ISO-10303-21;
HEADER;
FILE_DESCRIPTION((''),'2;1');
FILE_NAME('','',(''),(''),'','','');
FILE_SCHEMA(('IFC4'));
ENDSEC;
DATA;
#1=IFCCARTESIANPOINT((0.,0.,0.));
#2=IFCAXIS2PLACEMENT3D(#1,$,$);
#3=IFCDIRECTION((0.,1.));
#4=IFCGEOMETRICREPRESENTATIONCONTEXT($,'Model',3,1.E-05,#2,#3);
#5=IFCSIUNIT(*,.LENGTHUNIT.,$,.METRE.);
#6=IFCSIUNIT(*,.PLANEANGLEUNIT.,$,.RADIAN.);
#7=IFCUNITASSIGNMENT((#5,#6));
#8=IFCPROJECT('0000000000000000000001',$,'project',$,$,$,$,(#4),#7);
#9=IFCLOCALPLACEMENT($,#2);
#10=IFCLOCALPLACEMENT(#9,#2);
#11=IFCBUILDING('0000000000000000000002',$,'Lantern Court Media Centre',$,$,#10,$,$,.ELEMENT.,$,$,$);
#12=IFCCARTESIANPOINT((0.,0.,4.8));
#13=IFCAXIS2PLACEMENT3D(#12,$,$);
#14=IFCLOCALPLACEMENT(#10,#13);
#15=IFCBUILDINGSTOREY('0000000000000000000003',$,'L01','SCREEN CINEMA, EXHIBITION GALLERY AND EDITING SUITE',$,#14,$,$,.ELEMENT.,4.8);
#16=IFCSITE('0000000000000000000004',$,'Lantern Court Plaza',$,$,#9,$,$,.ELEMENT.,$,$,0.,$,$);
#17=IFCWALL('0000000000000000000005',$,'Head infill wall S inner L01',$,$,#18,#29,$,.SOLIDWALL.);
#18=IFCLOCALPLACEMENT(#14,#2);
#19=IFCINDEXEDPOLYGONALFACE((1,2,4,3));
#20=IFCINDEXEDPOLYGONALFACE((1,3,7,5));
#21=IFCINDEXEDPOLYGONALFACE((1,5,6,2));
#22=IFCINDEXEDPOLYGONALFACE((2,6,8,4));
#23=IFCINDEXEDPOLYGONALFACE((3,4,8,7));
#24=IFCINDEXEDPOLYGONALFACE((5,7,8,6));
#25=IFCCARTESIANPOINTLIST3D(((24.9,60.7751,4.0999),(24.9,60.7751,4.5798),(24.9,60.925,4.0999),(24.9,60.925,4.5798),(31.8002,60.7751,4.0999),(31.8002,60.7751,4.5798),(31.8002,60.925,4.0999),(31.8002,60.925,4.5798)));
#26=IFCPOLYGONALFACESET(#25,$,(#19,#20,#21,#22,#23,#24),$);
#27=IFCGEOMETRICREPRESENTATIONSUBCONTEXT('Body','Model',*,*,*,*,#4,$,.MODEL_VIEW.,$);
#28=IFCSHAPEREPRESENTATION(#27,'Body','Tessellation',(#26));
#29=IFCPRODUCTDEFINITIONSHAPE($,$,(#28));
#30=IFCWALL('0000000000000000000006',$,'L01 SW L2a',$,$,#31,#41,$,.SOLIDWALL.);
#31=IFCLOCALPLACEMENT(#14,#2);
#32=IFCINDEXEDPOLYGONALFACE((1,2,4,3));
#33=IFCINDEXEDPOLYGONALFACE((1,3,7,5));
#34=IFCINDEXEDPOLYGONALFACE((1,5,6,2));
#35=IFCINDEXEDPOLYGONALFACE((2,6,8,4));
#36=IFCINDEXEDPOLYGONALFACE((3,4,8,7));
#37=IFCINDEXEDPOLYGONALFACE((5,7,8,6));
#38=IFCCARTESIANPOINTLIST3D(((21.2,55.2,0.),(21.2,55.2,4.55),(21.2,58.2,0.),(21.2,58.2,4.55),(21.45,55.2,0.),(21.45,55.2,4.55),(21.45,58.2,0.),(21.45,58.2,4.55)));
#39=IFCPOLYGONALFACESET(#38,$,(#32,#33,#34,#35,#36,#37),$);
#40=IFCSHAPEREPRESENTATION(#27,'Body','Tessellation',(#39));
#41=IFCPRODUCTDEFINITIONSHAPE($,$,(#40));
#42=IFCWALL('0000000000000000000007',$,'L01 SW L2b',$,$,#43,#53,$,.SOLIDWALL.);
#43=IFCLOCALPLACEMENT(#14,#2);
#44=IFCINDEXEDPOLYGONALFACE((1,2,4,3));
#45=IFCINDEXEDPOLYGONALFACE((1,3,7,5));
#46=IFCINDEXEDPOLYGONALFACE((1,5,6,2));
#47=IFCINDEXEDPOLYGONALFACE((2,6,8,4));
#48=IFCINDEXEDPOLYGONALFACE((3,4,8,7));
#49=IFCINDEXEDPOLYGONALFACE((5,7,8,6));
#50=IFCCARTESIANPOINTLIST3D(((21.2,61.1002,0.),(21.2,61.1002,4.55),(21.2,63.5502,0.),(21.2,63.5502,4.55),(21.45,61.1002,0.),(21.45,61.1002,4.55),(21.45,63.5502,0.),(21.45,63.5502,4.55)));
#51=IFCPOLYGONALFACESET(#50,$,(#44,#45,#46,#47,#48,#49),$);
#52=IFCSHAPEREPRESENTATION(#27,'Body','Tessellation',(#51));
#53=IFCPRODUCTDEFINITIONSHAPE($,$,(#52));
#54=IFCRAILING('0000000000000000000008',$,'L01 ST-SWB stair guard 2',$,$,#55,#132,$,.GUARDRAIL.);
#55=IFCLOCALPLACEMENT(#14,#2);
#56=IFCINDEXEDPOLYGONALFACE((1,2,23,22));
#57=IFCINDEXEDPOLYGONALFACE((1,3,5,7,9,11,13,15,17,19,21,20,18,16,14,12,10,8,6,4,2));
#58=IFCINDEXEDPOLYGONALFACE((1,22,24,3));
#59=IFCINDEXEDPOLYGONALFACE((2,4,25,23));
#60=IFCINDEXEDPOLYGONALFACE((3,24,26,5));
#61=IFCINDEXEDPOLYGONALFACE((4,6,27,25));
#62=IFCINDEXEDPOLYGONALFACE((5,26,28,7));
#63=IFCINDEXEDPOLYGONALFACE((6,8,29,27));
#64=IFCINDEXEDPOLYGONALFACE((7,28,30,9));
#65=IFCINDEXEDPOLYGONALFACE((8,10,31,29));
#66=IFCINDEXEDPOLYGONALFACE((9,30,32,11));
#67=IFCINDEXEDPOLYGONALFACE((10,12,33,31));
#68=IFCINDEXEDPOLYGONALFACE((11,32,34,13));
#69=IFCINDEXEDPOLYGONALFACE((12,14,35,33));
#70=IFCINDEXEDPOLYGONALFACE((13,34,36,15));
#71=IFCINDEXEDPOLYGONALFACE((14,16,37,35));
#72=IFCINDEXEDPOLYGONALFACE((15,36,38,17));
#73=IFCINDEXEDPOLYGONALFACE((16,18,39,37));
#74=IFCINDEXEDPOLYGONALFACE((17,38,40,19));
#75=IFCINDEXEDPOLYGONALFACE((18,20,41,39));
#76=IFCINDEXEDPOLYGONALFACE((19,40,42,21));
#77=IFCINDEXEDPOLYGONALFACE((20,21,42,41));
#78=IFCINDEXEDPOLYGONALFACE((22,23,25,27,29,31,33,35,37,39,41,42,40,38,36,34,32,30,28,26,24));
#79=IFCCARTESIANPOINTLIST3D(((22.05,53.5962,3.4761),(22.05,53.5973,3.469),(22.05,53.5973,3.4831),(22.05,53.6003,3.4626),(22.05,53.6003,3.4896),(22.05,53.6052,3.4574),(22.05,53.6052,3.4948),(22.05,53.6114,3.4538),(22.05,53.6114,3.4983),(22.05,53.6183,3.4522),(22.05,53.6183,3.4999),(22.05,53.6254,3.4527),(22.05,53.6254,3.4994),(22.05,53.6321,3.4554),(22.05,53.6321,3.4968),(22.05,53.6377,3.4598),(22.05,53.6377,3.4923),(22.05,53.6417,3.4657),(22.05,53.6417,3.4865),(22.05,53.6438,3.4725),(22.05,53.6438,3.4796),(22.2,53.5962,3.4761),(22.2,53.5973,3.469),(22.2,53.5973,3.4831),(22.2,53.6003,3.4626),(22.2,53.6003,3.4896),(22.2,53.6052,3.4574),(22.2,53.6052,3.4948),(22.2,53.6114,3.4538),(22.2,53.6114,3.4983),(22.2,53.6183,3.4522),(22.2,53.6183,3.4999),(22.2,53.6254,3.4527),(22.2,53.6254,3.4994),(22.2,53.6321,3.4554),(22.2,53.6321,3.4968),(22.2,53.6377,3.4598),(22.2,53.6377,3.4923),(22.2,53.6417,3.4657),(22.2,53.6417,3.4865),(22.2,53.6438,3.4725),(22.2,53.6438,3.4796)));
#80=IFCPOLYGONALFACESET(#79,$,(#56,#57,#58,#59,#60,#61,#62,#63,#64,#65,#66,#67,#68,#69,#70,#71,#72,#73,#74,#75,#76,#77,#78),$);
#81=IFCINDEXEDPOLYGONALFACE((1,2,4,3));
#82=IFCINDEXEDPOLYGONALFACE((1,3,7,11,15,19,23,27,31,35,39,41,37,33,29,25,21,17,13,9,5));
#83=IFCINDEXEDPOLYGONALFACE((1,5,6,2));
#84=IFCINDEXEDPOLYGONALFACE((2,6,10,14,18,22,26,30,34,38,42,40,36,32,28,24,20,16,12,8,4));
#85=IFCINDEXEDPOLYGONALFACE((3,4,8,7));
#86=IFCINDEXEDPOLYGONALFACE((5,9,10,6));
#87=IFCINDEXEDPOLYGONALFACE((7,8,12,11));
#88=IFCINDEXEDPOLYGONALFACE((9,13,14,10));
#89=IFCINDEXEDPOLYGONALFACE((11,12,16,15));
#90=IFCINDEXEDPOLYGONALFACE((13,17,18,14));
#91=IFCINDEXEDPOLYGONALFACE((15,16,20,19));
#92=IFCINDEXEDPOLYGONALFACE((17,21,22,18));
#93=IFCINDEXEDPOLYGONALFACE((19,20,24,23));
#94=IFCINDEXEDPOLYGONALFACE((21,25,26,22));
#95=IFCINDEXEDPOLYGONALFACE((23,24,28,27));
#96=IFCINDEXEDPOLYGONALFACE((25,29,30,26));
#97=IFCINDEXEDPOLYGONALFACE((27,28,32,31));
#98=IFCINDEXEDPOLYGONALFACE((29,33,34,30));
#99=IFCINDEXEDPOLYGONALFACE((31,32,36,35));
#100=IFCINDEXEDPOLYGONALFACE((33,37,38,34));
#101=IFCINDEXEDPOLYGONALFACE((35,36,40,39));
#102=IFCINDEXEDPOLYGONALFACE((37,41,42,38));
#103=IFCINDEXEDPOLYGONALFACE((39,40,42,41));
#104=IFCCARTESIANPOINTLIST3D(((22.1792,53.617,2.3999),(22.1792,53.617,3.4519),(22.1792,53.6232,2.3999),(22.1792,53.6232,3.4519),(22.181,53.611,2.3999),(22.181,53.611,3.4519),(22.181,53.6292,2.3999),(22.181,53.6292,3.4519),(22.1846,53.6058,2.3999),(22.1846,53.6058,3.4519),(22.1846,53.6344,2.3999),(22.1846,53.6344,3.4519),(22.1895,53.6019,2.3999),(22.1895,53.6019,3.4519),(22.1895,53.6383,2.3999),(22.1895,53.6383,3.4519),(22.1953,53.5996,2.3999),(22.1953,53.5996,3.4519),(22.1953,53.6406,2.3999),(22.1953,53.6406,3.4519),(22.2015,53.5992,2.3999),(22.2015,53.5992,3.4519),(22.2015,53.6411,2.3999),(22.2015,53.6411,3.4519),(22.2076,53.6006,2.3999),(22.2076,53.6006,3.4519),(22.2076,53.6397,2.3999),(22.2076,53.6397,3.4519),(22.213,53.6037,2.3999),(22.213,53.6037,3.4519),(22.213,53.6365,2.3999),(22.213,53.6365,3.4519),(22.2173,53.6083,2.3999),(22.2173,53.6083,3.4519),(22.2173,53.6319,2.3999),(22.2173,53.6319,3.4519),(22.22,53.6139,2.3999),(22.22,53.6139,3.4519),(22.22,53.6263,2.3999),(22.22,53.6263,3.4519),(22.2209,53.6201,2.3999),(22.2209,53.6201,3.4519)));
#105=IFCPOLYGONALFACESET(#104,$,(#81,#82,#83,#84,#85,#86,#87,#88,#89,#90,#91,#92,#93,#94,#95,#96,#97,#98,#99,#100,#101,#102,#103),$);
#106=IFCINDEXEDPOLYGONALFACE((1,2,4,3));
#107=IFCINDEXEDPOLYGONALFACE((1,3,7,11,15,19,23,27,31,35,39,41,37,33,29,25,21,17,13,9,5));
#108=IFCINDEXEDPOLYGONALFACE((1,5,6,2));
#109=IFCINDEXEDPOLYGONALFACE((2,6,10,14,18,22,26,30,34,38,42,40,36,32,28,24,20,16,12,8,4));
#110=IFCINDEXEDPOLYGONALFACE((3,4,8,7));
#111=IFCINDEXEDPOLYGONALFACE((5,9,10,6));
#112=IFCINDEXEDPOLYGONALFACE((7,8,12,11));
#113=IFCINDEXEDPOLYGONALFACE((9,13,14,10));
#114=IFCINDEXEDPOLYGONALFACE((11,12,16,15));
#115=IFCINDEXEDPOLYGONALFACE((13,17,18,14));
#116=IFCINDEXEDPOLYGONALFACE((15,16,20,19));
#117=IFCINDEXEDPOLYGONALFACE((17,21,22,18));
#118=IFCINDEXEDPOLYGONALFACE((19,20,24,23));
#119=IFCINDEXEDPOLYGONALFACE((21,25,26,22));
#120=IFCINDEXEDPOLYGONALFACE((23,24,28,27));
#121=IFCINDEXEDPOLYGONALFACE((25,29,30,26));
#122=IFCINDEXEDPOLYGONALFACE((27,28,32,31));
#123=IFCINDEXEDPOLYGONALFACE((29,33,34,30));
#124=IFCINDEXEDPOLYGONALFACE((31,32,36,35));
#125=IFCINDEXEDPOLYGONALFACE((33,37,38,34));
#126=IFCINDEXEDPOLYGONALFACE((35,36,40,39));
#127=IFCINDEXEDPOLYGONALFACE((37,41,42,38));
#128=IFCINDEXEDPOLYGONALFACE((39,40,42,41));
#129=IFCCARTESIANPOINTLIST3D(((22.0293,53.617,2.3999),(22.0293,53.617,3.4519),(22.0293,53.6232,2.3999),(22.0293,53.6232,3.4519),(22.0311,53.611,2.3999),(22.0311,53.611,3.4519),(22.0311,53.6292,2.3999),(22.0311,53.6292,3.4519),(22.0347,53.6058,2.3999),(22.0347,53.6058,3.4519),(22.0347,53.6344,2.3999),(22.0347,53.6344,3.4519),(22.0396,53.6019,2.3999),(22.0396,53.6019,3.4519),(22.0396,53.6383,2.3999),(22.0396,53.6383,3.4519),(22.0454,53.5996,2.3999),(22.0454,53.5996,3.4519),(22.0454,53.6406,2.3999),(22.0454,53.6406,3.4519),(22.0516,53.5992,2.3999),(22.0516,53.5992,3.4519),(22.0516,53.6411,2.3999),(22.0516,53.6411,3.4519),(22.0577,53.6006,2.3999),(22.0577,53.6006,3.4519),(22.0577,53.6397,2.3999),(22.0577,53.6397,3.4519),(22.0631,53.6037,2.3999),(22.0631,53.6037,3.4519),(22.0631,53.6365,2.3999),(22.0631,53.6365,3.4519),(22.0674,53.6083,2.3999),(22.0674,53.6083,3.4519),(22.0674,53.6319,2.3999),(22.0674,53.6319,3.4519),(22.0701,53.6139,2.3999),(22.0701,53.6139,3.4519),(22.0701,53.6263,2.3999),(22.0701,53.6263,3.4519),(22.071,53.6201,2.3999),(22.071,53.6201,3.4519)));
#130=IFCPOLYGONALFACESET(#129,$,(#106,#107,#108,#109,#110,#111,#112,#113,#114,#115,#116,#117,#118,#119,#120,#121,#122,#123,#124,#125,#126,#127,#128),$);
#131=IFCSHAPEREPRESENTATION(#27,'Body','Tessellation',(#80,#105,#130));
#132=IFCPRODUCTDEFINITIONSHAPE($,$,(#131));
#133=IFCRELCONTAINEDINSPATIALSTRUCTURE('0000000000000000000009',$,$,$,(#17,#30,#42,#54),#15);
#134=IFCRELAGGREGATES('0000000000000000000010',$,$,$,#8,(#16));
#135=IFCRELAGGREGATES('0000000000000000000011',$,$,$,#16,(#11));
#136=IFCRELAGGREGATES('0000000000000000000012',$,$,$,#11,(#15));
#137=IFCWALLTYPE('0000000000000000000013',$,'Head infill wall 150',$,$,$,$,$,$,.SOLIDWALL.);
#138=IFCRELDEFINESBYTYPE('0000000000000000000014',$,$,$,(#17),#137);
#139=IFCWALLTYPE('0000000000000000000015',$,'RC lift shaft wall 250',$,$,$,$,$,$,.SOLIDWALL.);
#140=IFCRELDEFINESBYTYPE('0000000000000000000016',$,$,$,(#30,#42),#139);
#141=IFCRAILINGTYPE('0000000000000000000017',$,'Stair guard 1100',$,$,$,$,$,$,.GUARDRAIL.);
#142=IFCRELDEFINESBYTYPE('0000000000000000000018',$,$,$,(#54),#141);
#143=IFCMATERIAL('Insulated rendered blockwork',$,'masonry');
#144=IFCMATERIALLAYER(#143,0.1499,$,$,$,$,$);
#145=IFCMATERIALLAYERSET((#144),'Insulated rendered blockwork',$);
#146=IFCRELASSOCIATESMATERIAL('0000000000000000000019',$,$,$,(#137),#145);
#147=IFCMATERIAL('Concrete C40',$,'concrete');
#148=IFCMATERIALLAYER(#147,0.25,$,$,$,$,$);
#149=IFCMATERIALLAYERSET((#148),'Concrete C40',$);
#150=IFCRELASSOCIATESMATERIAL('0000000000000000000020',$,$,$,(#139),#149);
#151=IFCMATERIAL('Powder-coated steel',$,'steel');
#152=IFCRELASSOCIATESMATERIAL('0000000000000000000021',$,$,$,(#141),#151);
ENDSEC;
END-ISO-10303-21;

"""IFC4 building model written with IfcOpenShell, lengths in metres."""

from ifc_helpers import new_model, si_unit, direction, frame, frame_2d, origin, origin_2d, place, context, subcontext, project, spatial, rectangle, circle, extrude, material, layer, layer_set, type_object, element, save


model = new_model("IFC4")

# Units and contexts
model_context = context("Model", 3, precision=1e-05, world=origin(), true_north=direction((0.0, 1.0)))
body_context = subcontext(model_context, "Body", "Model", "MODEL_VIEW")
ifc_project = project(units=[si_unit("LENGTHUNIT", "METRE"), si_unit("PLANEANGLEUNIT", "RADIAN")], contexts=[model_context])

# Site, building, storey
site_placement = place(None, origin())
site = spatial("IfcSite", under=ifc_project, at=site_placement, Name="Lantern Court Plaza", CompositionType="ELEMENT", RefElevation=0.0)
building_placement = place(site_placement, origin())
building = spatial("IfcBuilding", under=site, at=building_placement, Name="Lantern Court Media Centre", CompositionType="ELEMENT")
storey_placement = place(building_placement, frame((0.0, 0.0, 4.8)))
storey = spatial("IfcBuildingStorey", under=building, at=storey_placement, Name="L01", Description="SCREEN CINEMA, EXHIBITION GALLERY AND EDITING SUITE", CompositionType="ELEMENT", Elevation=4.8)

# Walls
ifc_material_1 = material(Name="Insulated rendered blockwork", Category="masonry")
ifc_layer_1 = layer(ifc_material_1, 0.1499)
ifc_layer_set_1 = layer_set([ifc_layer_1], Name="Insulated rendered blockwork")
wall_type_1 = type_object("IfcWallType", Name="Head infill wall 150", PredefinedType="SOLIDWALL", material=ifc_layer_set_1)
wall_1_placement = place(storey_placement, frame((24.8999, 60.8501, 4.0999), z_axis=(0.0, 0.0, 1.0), x_axis=(1.0, 0.0, 0.0)))
element("IfcWall", 1, at=wall_1_placement, inside=storey, type_object=wall_type_1, Name="Head infill wall S inner L01", PredefinedType="SOLIDWALL", context=body_context, shape_type="SweptSolid", body=[
    extrude(rectangle(XDim=6.9001, YDim=0.1499, at=frame_2d((3.4502, 0.0))), origin(), (0.0, 0.0, 1.0), 0.48),
])
ifc_material_2 = material(Name="Concrete C40", Category="concrete")
ifc_layer_2 = layer(ifc_material_2, 0.25)
ifc_layer_set_2 = layer_set([ifc_layer_2], Name="Concrete C40")
wall_type_2 = type_object("IfcWallType", Name="RC lift shaft wall 250", PredefinedType="SOLIDWALL", material=ifc_layer_set_2)
wall_2_placement = place(storey_placement, frame((21.325, 55.2, 0.0), z_axis=(0.0, 0.0, 1.0), x_axis=(0.0, 1.0, 0.0)))
element("IfcWall", 2, at=wall_2_placement, inside=storey, type_object=wall_type_2, Name="L01 SW L2a", PredefinedType="SOLIDWALL", context=body_context, shape_type="SweptSolid", body=[
    extrude(rectangle(XDim=3.0, YDim=0.25, at=frame_2d((1.5, 0.0))), origin(), (0.0, 0.0, 1.0), 4.55),
])
wall_3_placement = place(storey_placement, frame((21.325, 61.1001, 0.0), z_axis=(0.0, 0.0, 1.0), x_axis=(0.0, 1.0, 0.0)))
element("IfcWall", 3, at=wall_3_placement, inside=storey, type_object=wall_type_2, Name="L01 SW L2b", PredefinedType="SOLIDWALL", context=body_context, shape_type="SweptSolid", body=[
    extrude(rectangle(XDim=2.45, YDim=0.25, at=frame_2d((1.2251, 0.0))), origin(), (0.0, 0.0, 1.0), 4.55),
])

# Railing
ifc_material_3 = material(Name="Powder-coated steel", Category="steel")
railing_type = type_object("IfcRailingType", Name="Stair guard 1100", PredefinedType="GUARDRAIL", material=ifc_material_3)
railing_1_placement = place(storey_placement, frame((22.2, 53.6201, 2.3999)))
element("IfcRailing", 4, at=railing_1_placement, inside=storey, type_object=railing_type, Name="L01 ST-SWB stair guard 2", PredefinedType="GUARDRAIL", context=body_context, shape_type="SweptSolid", body=[
    extrude(circle(Radius=0.0239, at=origin_2d()), frame((0.0, 0.0, 1.0762), z_axis=(-1.0, 0.0, 0.0), x_axis=(0.0, -1.0, 0.0)), (0.0, 0.0, 1.0), 0.1499),
    extrude(circle(Radius=0.021, at=origin_2d()), origin(), (0.0, 0.0, 1.0), 1.052),
    extrude(circle(Radius=0.021, at=origin_2d()), frame((-0.1499, 0.0, 0.0)), (0.0, 0.0, 1.0), 1.052),
])

save(model, "model.ifc")
